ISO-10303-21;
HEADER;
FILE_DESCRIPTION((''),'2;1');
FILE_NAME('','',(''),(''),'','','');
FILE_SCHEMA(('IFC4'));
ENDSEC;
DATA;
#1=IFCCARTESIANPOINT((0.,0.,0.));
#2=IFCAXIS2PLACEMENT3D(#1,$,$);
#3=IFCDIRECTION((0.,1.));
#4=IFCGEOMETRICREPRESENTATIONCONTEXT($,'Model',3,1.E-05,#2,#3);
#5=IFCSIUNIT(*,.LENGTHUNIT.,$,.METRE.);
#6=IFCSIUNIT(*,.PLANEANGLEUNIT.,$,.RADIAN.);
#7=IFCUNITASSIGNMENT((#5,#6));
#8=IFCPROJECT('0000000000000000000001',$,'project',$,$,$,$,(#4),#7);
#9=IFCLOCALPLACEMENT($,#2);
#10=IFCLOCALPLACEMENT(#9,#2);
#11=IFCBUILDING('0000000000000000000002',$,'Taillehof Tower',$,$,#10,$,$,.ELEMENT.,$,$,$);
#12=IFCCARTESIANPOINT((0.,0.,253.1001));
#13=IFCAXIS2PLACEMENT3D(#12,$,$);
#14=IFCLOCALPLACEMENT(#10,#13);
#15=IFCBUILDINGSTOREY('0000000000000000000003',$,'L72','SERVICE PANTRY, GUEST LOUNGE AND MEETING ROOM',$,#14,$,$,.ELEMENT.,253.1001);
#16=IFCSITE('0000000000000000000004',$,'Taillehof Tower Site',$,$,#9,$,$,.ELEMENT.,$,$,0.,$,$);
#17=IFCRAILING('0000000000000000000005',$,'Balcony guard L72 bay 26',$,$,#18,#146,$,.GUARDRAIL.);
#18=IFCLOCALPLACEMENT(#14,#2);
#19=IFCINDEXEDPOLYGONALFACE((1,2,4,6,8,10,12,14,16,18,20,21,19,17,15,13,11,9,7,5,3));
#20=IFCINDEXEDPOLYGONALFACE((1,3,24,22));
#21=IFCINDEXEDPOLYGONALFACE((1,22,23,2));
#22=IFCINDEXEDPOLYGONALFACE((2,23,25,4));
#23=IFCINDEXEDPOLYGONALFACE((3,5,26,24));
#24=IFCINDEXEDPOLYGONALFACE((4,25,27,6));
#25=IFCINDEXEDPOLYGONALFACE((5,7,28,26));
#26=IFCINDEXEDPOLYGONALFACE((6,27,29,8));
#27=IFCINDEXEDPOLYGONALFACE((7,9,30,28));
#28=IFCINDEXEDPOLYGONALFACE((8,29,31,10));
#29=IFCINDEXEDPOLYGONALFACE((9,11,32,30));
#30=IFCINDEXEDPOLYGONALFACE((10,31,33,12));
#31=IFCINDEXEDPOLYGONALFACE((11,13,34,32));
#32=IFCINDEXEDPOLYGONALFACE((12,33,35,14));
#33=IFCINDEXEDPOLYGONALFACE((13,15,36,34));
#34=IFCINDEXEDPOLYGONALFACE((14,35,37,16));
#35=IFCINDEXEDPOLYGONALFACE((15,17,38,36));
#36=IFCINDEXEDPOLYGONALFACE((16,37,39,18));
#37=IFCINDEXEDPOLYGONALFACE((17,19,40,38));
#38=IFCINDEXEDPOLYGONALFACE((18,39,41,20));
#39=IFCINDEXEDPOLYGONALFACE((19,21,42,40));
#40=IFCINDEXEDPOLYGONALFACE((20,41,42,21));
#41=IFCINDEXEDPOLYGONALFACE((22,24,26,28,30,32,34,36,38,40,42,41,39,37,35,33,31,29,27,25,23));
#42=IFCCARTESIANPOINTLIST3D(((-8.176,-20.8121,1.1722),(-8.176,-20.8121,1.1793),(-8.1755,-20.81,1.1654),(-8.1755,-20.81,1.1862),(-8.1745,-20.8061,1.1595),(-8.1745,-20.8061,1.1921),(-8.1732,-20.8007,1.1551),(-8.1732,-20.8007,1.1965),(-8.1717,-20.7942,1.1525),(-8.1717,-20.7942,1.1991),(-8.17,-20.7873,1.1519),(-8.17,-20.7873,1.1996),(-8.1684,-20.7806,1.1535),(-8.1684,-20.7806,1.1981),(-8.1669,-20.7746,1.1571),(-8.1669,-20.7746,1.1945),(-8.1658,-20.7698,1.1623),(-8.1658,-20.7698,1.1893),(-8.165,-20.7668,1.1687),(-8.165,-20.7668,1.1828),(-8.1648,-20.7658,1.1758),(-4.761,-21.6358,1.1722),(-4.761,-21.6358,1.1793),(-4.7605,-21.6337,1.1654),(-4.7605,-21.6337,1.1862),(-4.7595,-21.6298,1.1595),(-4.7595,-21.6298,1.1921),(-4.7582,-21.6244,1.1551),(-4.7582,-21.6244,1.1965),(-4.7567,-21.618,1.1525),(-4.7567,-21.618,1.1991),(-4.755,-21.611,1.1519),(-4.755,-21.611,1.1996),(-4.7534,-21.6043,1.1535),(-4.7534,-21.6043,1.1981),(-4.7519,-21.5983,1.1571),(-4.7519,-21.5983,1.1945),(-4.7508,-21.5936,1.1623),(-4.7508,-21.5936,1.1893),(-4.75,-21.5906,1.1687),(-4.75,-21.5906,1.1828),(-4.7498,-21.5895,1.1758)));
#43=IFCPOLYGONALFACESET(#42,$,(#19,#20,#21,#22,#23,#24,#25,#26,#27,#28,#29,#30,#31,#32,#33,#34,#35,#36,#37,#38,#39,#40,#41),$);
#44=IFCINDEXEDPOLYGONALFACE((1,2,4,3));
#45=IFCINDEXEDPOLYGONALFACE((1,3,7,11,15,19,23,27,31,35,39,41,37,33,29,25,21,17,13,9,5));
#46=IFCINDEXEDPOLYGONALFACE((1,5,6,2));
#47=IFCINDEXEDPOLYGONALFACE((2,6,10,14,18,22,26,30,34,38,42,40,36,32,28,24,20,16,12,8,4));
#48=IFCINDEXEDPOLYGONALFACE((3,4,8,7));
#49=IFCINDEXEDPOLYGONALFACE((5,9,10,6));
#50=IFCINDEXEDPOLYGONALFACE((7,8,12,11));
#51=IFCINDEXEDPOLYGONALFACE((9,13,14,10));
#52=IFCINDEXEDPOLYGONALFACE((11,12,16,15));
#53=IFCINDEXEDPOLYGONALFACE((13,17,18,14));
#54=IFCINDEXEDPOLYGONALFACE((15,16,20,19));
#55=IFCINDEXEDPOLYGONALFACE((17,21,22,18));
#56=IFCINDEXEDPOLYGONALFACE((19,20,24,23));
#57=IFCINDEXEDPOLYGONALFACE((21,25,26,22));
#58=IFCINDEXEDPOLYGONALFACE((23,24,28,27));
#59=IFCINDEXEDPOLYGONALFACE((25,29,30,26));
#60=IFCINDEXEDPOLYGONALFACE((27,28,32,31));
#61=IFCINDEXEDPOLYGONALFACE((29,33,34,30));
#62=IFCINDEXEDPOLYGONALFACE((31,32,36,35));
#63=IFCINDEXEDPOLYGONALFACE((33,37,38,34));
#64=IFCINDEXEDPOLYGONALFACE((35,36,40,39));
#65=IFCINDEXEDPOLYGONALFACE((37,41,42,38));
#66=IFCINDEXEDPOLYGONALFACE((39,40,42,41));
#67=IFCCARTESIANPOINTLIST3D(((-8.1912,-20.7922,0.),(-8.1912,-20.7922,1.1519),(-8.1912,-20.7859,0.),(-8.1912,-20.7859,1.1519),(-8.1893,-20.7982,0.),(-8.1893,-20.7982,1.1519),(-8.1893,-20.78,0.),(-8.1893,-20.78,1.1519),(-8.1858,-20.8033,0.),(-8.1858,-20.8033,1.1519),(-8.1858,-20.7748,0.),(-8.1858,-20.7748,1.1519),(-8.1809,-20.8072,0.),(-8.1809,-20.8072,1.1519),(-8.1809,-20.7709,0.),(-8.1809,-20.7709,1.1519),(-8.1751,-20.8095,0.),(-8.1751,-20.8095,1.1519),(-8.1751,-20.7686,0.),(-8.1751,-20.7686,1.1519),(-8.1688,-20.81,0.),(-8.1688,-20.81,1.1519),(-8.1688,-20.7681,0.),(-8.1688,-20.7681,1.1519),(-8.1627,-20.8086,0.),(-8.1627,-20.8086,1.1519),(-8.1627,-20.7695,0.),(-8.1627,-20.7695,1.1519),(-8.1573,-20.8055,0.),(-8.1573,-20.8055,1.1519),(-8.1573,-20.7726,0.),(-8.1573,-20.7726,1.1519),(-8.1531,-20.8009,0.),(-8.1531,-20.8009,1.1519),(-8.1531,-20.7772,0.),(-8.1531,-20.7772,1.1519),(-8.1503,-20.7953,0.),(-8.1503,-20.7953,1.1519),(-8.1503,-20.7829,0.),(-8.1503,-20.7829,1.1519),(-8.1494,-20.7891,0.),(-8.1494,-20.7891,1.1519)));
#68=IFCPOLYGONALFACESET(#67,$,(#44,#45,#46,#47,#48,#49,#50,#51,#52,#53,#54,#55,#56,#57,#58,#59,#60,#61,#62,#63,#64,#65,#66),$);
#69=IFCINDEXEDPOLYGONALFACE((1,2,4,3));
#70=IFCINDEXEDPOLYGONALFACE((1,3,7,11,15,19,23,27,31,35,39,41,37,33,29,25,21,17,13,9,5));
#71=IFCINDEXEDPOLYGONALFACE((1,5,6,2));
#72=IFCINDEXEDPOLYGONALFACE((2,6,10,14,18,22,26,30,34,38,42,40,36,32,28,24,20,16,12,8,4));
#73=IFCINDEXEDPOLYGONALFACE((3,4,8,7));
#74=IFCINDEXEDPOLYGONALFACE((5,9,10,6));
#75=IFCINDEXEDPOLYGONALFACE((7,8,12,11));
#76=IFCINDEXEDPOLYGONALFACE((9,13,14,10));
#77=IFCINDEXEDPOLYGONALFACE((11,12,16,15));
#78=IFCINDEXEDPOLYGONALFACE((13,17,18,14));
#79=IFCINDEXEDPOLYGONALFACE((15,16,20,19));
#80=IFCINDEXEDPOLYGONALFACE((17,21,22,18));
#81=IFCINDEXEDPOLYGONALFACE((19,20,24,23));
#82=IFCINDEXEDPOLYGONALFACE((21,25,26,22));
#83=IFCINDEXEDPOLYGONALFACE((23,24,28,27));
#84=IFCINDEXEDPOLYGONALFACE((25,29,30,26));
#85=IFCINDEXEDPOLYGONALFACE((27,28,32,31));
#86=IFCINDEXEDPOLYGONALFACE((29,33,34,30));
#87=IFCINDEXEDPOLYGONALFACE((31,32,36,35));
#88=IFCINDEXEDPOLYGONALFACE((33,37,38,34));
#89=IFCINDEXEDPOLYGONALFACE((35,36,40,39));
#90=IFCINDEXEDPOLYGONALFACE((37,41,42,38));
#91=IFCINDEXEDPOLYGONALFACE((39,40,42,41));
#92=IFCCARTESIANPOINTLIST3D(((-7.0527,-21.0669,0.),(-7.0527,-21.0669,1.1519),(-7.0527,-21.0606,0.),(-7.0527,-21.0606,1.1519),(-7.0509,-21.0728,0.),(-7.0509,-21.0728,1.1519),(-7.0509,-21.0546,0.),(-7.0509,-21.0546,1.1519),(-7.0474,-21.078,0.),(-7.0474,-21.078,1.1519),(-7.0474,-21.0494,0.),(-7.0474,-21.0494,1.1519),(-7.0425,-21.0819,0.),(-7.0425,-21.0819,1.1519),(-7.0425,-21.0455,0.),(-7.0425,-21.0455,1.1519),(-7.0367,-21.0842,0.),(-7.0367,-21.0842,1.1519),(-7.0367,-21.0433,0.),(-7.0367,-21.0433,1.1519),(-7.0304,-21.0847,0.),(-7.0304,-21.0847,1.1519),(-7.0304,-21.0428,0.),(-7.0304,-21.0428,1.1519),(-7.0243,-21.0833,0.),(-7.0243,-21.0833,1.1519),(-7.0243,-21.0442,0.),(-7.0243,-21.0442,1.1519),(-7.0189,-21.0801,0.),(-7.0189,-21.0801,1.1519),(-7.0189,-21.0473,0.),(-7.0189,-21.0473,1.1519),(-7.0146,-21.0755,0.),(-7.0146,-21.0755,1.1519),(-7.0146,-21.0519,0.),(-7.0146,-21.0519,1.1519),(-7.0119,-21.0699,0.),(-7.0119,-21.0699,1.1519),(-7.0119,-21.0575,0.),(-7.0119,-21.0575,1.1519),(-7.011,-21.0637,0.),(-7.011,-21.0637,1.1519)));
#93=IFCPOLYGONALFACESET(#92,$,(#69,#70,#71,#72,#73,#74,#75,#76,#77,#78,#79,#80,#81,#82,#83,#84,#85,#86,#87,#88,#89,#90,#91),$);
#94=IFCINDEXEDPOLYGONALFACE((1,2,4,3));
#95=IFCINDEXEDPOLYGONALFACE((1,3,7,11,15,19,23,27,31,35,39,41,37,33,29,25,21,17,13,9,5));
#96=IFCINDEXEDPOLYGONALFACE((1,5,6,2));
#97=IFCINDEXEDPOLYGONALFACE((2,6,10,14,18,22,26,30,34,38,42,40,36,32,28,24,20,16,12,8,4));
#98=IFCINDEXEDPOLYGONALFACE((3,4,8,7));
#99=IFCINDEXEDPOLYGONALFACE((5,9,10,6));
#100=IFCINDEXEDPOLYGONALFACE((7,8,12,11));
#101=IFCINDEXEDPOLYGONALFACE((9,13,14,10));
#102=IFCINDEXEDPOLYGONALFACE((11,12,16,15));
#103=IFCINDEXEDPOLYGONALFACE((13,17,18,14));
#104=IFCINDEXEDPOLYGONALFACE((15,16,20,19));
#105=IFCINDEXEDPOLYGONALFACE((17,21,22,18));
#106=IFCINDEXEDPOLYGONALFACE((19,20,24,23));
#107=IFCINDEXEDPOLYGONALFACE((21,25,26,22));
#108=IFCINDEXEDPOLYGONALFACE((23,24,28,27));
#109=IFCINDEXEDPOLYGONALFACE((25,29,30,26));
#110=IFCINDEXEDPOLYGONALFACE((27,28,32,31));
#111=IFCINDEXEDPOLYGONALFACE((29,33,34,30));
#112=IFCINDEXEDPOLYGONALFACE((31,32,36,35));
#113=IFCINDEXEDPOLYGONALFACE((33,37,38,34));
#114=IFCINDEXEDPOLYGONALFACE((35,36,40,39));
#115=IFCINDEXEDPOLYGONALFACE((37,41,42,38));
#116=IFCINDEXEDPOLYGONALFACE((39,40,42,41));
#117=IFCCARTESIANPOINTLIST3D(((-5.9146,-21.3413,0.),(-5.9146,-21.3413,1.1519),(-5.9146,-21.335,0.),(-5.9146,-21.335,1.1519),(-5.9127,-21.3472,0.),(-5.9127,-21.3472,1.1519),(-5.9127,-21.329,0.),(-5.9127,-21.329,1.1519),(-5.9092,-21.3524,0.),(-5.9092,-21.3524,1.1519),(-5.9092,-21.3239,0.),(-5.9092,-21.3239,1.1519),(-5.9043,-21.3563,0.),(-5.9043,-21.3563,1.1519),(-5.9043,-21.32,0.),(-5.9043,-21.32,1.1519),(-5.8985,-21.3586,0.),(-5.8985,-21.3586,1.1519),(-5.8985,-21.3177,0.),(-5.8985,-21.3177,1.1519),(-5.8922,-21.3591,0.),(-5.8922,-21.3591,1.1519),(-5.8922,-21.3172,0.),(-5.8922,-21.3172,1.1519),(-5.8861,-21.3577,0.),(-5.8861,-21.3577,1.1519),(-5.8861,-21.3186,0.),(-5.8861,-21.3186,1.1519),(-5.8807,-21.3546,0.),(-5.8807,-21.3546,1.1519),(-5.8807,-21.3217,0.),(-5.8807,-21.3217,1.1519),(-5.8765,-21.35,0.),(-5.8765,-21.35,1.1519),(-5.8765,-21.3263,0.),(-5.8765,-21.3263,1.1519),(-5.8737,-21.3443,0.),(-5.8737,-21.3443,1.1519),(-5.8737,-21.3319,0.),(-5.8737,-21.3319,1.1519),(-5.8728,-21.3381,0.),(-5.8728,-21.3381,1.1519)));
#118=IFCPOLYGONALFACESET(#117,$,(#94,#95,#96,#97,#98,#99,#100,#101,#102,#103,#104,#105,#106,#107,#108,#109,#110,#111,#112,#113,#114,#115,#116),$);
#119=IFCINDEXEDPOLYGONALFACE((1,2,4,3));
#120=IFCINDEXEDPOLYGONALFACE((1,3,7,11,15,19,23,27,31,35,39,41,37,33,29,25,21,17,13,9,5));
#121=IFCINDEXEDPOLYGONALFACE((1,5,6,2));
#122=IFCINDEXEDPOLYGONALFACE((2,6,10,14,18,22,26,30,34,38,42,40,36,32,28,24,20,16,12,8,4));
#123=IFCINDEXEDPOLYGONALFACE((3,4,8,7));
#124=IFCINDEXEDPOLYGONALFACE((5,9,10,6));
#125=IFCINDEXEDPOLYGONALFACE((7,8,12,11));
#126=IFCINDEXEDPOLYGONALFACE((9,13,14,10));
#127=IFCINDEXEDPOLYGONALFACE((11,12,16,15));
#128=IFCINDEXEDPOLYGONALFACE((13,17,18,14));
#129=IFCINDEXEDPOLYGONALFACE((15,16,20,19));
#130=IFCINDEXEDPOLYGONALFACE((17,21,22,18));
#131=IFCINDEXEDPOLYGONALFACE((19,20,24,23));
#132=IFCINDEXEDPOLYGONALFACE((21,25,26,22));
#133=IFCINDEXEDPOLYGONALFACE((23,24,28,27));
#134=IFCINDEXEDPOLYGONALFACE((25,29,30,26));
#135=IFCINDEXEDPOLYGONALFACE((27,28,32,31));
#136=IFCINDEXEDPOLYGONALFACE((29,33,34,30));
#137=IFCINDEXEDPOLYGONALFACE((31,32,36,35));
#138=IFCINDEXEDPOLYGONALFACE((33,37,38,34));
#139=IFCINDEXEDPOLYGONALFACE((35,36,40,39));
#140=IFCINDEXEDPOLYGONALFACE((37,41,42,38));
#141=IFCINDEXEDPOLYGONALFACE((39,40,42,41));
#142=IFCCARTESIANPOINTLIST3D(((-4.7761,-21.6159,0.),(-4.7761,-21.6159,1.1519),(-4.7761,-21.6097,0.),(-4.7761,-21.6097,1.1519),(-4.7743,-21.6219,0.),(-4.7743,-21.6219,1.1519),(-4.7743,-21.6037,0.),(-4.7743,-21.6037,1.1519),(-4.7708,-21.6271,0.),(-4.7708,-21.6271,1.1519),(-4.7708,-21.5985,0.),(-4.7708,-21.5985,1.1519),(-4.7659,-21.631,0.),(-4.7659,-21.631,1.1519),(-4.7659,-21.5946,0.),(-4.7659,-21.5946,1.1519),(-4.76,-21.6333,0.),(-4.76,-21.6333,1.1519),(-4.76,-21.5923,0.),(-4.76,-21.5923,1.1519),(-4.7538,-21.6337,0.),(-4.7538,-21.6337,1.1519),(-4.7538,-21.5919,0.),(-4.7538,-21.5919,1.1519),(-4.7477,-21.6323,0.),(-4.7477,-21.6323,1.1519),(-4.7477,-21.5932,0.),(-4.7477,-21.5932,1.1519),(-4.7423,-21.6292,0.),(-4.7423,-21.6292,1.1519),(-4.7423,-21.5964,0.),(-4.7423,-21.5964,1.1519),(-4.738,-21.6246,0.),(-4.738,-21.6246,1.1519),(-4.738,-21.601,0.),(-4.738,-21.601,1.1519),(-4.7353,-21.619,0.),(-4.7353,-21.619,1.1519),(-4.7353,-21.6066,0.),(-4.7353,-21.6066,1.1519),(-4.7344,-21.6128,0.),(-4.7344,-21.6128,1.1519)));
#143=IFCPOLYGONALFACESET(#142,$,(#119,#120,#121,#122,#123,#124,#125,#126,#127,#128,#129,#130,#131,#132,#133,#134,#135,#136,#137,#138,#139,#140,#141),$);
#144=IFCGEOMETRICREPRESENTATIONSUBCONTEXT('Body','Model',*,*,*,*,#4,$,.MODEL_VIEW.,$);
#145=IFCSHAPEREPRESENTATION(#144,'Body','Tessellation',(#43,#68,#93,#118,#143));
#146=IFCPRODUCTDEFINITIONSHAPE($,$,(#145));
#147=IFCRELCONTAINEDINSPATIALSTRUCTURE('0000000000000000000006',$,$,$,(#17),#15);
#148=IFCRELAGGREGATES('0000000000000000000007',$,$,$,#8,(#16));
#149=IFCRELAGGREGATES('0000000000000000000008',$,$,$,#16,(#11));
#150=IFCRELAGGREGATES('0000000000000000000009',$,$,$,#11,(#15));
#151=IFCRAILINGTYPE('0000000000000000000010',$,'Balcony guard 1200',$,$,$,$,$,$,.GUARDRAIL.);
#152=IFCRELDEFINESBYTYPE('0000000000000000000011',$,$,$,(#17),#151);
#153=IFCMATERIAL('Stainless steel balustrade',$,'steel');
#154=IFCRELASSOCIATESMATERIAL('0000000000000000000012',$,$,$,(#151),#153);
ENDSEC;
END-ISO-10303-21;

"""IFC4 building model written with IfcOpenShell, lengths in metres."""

from ifc_helpers import new_model, si_unit, direction, frame, origin, origin_2d, place, context, subcontext, project, spatial, circle, extrude, material, type_object, element, save


model = new_model("IFC4")

# Units and contexts
model_context = context("Model", 3, precision=1e-05, world=origin(), true_north=direction((0.0, 1.0)))
body_context = subcontext(model_context, "Body", "Model", "MODEL_VIEW")
ifc_project = project(units=[si_unit("LENGTHUNIT", "METRE"), si_unit("PLANEANGLEUNIT", "RADIAN")], contexts=[model_context])

# Site, building, storey
site_placement = place(None, origin())
site = spatial("IfcSite", under=ifc_project, at=site_placement, Name="Taillehof Tower Site", CompositionType="ELEMENT", RefElevation=0.0)
building_placement = place(site_placement, origin())
building = spatial("IfcBuilding", under=site, at=building_placement, Name="Taillehof Tower", CompositionType="ELEMENT")
storey_placement = place(building_placement, frame((0.0, 0.0, 253.1001)))
storey = spatial("IfcBuildingStorey", under=building, at=storey_placement, Name="L72", Description="SERVICE PANTRY, GUEST LOUNGE AND MEETING ROOM", CompositionType="ELEMENT", Elevation=253.1001)

# Railing
ifc_material_1 = material(Name="Stainless steel balustrade", Category="steel")
railing_type = type_object("IfcRailingType", Name="Balcony guard 1200", PredefinedType="GUARDRAIL", material=ifc_material_1)
railing_1_placement = place(storey_placement, frame((-8.1704, -20.7891, 0.0)))
element("IfcRailing", 1, at=railing_1_placement, inside=storey, type_object=railing_type, Name="Balcony guard L72 bay 26", PredefinedType="GUARDRAIL", context=body_context, shape_type="SweptSolid", body=[
    extrude(circle(Radius=0.0239, at=origin_2d()), frame((0.0, 0.0, 1.1758), z_axis=(0.97212, -0.234482, 0.0), x_axis=(0.234482, 0.97212, 0.0)), (0.0, 0.0, 1.0), 3.5129),
    extrude(circle(Radius=0.021, at=origin_2d()), origin(), (0.0, 0.0, 1.0), 1.1519),
    extrude(circle(Radius=0.021, at=origin_2d()), frame((1.1384, -0.2747, 0.0)), (0.0, 0.0, 1.0), 1.1519),
    extrude(circle(Radius=0.021, at=origin_2d()), frame((2.2766, -0.5491, 0.0)), (0.0, 0.0, 1.0), 1.1519),
    extrude(circle(Radius=0.021, at=origin_2d()), frame((3.415, -0.8237, 0.0)), (0.0, 0.0, 1.0), 1.1519),
])

save(model, "model.ifc")
